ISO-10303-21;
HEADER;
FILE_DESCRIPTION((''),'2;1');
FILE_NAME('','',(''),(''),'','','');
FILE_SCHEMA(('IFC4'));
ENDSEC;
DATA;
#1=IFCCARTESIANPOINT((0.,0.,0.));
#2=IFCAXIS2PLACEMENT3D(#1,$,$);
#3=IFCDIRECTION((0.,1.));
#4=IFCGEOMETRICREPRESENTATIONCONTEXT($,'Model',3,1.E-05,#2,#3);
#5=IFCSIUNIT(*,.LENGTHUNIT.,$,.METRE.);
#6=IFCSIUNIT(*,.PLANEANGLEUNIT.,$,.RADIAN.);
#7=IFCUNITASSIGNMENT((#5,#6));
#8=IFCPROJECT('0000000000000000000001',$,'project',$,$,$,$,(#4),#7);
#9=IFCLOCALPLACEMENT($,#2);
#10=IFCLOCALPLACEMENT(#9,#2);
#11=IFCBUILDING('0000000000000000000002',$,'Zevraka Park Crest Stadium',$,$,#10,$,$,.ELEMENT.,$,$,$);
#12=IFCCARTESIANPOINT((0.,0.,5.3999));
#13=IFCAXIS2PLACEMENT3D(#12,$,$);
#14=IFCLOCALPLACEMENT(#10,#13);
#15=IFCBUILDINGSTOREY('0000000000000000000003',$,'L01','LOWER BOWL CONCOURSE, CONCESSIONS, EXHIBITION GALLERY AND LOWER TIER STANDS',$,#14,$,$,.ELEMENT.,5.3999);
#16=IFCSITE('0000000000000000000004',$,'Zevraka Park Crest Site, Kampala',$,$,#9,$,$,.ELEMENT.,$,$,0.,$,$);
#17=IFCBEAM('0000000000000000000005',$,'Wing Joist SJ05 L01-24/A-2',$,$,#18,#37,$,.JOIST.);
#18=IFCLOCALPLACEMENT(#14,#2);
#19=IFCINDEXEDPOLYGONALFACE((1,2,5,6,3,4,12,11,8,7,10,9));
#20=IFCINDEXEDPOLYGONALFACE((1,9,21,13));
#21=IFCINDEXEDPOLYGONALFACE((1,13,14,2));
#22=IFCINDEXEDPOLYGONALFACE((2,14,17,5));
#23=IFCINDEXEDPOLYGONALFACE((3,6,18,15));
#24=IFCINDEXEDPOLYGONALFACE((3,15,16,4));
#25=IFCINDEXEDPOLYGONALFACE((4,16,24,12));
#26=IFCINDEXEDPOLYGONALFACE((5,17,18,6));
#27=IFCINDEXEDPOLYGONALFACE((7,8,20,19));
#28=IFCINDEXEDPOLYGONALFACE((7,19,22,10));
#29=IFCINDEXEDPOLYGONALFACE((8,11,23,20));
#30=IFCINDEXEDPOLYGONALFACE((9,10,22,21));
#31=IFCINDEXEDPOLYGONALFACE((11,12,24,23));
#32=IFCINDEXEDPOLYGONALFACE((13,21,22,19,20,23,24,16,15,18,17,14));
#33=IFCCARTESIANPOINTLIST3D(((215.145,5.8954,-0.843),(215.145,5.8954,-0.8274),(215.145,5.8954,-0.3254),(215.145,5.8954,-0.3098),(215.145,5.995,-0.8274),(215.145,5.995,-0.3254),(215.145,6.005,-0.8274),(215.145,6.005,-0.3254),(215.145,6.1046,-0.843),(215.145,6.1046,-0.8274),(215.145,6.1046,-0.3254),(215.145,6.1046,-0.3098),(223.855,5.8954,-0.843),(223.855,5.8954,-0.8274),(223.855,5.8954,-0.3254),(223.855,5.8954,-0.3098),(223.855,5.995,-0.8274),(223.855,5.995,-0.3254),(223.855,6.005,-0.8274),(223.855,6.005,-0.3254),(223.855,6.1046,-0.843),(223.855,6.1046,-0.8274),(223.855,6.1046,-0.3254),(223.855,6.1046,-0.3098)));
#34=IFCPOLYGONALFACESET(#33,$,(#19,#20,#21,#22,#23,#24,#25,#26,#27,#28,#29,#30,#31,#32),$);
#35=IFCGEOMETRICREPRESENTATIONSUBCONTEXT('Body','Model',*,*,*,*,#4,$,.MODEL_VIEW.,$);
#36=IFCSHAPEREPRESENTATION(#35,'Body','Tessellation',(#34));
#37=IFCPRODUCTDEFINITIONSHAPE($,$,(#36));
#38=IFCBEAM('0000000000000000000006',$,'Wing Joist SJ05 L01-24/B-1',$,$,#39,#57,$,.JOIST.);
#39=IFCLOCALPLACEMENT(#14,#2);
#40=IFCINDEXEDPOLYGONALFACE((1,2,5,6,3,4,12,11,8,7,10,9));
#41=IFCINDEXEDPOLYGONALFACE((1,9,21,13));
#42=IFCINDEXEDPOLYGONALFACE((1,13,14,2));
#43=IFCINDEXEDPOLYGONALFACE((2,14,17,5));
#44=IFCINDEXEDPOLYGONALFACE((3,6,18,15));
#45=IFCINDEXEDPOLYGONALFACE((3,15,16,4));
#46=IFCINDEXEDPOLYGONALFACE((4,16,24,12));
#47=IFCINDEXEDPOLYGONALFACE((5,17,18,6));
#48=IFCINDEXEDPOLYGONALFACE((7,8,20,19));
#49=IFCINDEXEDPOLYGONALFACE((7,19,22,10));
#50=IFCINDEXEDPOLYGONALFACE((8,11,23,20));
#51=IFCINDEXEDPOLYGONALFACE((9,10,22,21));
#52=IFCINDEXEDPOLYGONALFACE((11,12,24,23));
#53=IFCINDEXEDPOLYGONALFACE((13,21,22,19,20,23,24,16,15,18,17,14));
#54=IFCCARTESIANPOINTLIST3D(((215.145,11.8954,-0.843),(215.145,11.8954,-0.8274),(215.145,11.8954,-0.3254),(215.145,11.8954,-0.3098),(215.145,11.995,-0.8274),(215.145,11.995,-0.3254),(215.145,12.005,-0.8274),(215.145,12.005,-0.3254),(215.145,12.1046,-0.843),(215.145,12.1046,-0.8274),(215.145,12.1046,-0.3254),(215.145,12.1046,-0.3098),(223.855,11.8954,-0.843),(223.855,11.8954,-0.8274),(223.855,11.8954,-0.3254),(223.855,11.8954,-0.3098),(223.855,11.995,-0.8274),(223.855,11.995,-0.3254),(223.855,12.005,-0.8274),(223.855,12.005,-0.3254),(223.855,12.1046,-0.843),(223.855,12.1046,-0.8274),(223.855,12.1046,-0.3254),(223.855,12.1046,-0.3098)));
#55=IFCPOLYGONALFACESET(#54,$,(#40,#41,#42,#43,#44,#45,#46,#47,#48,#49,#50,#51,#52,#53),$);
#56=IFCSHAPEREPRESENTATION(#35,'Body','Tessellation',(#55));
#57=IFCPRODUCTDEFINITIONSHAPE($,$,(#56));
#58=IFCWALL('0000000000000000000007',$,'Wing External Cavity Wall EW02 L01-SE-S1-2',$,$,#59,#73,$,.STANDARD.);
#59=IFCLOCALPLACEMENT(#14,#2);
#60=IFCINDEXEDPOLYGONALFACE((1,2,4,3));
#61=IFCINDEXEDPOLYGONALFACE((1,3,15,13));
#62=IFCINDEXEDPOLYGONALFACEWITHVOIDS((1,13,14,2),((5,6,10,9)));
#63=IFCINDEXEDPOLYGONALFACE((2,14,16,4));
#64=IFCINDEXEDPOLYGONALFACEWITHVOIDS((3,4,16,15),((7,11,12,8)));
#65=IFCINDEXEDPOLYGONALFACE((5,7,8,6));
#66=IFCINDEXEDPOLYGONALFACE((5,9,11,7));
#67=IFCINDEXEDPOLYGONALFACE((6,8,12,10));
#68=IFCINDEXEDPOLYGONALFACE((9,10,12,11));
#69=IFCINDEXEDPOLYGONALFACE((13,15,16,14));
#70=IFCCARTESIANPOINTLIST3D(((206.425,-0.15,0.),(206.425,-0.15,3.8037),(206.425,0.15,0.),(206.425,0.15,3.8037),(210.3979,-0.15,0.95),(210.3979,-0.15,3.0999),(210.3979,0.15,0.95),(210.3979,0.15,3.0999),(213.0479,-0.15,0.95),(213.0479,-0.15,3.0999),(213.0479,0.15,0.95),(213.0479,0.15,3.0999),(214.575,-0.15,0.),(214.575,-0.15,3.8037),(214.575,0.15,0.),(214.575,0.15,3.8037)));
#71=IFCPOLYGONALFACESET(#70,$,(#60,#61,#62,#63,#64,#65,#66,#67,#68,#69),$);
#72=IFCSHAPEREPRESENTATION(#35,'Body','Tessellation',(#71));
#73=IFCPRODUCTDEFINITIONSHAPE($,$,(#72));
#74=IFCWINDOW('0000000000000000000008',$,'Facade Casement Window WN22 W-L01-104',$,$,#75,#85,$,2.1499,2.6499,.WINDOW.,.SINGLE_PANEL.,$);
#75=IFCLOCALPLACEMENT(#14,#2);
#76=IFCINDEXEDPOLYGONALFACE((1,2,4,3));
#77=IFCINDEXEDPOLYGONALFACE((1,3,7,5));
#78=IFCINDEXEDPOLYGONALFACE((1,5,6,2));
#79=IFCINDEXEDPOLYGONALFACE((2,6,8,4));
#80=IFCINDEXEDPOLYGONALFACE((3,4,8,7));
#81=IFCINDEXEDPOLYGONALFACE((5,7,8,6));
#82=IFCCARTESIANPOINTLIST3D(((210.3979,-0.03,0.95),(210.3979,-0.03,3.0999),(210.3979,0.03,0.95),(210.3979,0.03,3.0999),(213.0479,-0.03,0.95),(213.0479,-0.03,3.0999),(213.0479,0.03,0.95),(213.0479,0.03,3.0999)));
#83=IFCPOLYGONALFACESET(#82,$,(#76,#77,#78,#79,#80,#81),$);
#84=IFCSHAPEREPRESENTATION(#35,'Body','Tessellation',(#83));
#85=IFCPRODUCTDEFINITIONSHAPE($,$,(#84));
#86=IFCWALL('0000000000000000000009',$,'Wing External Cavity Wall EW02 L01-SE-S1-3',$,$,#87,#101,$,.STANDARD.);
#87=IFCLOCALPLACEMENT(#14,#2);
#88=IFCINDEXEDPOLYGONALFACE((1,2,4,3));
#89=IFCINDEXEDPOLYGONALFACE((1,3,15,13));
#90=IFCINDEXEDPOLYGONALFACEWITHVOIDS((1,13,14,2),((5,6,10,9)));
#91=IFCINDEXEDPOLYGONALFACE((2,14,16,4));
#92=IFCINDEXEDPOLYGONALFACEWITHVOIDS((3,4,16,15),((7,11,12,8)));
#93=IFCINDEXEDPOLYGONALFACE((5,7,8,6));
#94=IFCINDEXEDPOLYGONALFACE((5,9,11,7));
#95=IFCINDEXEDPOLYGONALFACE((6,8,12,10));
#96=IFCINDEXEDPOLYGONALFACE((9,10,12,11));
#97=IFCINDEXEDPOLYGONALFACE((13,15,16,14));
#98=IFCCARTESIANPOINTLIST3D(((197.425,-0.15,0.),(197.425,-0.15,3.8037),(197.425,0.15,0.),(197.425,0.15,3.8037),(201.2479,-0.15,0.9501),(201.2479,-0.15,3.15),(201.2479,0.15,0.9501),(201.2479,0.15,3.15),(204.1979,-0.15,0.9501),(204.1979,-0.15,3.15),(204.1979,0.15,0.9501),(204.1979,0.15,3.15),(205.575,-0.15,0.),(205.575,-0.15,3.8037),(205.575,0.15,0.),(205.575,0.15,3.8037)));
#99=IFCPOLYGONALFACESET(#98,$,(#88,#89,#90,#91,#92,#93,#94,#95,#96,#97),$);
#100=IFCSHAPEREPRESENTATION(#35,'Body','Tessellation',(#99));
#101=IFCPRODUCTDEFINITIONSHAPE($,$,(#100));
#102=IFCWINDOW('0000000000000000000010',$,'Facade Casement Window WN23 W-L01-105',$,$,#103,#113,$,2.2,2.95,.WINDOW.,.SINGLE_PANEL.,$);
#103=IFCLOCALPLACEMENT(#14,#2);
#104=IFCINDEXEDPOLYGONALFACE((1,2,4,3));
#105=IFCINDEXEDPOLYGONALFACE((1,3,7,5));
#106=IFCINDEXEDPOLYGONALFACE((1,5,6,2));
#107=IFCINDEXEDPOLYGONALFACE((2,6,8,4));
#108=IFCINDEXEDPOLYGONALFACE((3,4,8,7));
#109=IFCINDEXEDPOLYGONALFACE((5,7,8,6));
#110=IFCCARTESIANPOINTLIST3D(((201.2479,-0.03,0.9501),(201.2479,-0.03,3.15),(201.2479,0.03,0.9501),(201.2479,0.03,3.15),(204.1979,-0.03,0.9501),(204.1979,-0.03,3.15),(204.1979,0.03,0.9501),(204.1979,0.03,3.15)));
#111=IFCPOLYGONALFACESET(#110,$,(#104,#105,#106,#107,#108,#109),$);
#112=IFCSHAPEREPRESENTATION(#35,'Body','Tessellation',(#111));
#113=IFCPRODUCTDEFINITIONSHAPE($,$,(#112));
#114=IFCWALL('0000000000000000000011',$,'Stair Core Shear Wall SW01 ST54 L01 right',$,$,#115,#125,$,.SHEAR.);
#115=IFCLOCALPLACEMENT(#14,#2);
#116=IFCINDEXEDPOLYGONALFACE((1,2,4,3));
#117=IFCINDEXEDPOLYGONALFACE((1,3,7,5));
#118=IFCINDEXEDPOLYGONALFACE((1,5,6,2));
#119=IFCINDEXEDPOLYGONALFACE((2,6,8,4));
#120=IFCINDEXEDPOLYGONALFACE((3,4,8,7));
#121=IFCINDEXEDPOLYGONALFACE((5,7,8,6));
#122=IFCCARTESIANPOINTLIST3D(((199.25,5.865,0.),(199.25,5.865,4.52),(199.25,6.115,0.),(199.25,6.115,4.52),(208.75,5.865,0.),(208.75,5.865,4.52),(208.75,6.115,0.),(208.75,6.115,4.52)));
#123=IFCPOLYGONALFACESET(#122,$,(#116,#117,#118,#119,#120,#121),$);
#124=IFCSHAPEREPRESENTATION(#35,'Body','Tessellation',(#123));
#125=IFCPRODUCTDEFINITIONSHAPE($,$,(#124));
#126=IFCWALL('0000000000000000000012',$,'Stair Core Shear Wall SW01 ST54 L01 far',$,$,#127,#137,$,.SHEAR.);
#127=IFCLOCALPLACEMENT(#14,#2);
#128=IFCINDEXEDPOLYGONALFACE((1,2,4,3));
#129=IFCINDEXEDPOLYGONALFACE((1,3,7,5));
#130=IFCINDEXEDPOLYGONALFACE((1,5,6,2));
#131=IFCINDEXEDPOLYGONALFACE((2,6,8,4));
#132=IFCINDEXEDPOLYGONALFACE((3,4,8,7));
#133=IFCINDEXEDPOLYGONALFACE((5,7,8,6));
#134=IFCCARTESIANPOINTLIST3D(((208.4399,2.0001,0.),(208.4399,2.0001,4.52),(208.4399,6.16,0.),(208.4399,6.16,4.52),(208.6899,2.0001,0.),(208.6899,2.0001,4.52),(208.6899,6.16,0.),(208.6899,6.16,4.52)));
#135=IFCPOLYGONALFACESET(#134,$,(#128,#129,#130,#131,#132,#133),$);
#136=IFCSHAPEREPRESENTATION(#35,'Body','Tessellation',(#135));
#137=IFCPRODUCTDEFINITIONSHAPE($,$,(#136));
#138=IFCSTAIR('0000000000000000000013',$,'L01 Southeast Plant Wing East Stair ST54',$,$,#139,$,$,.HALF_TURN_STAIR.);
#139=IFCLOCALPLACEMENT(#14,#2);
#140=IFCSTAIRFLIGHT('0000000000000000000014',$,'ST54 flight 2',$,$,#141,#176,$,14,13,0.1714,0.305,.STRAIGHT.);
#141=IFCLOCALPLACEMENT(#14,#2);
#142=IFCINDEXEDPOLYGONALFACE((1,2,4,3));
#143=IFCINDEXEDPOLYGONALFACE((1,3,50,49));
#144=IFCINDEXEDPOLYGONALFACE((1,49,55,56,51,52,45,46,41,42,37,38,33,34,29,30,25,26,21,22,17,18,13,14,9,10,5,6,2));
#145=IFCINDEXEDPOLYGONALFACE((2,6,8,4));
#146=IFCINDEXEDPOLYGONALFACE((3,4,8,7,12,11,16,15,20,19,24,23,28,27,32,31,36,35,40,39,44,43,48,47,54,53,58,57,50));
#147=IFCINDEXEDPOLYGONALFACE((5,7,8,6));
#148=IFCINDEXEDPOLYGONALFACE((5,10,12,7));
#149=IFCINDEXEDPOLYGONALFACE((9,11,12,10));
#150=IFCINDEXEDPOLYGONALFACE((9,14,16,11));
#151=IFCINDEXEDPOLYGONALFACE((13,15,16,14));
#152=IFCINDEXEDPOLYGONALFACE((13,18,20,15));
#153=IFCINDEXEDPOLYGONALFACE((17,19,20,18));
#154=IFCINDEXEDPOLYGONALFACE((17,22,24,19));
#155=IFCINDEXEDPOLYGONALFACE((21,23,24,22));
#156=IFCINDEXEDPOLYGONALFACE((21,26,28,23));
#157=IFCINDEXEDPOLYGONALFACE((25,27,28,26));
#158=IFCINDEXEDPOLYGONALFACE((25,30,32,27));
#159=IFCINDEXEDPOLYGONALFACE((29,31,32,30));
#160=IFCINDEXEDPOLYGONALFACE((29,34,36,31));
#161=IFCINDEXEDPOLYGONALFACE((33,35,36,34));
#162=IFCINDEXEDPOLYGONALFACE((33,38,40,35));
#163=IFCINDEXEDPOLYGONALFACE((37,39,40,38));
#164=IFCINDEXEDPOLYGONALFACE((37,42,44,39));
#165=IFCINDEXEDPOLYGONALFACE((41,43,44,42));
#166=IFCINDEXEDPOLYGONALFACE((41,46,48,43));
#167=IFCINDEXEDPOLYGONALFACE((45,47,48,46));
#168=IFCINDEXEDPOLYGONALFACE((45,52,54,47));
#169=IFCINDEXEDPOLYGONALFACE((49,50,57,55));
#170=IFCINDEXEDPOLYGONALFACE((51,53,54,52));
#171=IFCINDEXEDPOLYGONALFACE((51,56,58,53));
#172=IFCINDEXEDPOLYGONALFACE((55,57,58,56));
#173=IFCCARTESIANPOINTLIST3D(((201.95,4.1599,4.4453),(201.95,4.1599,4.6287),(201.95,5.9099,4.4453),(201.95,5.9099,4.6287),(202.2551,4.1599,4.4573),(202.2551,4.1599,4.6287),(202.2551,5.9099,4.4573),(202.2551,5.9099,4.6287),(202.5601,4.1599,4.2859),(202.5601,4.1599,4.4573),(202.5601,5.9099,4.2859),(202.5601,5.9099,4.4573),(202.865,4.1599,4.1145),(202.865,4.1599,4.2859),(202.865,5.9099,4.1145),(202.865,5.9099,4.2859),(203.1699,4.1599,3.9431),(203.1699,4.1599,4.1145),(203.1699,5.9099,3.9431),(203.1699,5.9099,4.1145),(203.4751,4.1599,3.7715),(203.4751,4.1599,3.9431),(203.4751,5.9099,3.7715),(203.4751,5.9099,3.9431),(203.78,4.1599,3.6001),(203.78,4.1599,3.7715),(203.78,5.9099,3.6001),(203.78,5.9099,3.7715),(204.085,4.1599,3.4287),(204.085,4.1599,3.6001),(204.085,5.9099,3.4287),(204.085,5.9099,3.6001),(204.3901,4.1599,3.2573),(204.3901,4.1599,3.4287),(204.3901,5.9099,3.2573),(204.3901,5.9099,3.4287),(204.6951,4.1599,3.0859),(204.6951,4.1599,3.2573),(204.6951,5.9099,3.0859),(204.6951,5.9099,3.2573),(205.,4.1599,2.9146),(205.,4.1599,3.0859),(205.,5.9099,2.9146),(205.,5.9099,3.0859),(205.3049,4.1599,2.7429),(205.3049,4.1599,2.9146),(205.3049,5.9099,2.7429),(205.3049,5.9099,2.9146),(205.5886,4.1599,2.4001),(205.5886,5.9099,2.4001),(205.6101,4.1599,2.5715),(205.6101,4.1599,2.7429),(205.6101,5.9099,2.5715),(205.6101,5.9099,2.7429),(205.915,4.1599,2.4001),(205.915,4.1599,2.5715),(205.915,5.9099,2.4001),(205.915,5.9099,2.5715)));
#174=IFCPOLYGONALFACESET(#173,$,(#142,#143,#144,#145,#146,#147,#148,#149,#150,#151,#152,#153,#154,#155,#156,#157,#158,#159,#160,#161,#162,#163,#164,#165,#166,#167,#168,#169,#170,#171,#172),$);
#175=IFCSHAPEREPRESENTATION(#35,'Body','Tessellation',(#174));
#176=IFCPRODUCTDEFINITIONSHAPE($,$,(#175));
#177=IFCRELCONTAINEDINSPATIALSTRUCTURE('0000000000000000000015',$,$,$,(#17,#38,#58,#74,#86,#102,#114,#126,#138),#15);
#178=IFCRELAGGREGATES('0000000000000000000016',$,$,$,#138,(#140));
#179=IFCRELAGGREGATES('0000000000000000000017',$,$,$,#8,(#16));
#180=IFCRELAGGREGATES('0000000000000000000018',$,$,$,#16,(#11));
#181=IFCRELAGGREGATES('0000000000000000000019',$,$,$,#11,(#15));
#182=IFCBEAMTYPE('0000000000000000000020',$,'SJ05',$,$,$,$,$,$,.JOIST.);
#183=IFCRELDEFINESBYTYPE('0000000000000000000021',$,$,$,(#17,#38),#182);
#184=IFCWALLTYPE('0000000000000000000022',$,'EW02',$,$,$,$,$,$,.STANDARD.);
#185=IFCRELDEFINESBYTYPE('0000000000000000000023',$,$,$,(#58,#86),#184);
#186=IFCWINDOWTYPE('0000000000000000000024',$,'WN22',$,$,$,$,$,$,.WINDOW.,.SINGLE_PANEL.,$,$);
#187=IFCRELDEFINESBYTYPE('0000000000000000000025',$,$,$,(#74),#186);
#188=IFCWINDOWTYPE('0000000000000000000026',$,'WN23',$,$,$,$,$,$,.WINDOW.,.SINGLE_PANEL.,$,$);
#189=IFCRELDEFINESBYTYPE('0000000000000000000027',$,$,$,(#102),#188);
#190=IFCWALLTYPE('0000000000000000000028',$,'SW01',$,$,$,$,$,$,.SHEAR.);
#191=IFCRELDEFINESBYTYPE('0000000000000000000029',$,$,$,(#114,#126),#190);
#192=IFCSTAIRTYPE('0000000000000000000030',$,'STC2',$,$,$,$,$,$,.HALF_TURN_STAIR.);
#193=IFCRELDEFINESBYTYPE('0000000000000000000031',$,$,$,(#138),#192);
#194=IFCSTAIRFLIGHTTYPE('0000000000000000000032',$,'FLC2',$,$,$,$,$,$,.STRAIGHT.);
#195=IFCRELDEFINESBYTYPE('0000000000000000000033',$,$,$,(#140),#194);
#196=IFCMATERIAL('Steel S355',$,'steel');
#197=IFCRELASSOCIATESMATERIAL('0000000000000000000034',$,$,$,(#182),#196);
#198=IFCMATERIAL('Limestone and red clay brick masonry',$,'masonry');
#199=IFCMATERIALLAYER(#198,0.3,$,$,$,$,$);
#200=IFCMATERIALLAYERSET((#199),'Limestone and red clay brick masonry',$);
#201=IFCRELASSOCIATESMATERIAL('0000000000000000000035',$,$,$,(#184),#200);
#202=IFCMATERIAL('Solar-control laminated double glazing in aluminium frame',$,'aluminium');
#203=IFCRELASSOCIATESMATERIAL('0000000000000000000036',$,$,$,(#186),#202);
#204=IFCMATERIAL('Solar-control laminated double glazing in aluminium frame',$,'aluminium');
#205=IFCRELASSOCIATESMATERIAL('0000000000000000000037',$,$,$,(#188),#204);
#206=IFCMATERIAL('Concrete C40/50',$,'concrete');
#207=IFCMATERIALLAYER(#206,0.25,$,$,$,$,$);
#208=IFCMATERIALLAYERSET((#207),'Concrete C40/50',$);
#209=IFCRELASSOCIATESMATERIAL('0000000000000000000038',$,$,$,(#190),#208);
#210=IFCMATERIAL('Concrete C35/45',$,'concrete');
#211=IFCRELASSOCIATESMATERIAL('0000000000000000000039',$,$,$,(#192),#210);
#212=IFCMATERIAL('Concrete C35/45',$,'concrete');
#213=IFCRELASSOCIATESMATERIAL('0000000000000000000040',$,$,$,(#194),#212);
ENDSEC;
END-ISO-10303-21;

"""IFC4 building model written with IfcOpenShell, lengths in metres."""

from ifc_helpers import new_model, si_unit, direction, frame, frame_2d, origin, origin_2d, place, context, subcontext, project, spatial, polyline, rectangle, i_section, outline, extrude, material, layer, layer_set, material_profile, profile_set, type_object, element, fill, aggregate, save


model = new_model("IFC4")

# Units and contexts
model_context = context("Model", 3, precision=1e-05, world=origin(), true_north=direction((0.0, 1.0)))
body_context = subcontext(model_context, "Body", "Model", "MODEL_VIEW")
ifc_project = project(units=[si_unit("LENGTHUNIT", "METRE"), si_unit("PLANEANGLEUNIT", "RADIAN")], contexts=[model_context])

# Site, building, storey
site_placement = place(None, origin())
site = spatial("IfcSite", under=ifc_project, at=site_placement, Name="Zevraka Park Crest Site, Kampala", CompositionType="ELEMENT", RefElevation=0.0)
building_placement = place(site_placement, origin())
building = spatial("IfcBuilding", under=site, at=building_placement, Name="Zevraka Park Crest Stadium", CompositionType="ELEMENT")
storey_placement = place(building_placement, frame((0.0, 0.0, 5.3999)))
storey = spatial("IfcBuildingStorey", under=building, at=storey_placement, Name="L01", Description="LOWER BOWL CONCOURSE, CONCESSIONS, EXHIBITION GALLERY AND LOWER TIER STANDS", CompositionType="ELEMENT", Elevation=5.3999)

# Beams
ifc_material_1 = material(Name="Steel S355", Category="steel")
ifc_material_profile_1 = material_profile(ifc_material_1, i_section(OverallWidth=0.2092, OverallDepth=0.5332, WebThickness=0.01, FlangeThickness=0.0156, at=origin_2d()), Name="UKB 533x210x92")
ifc_profile_set_1 = profile_set([ifc_material_profile_1], Name="Steel S355")
beam_type_1 = type_object("IfcBeamType", Name="SJ05", PredefinedType="JOIST", material=ifc_profile_set_1)
for number, where, z_axis, x_axis, name in (
    (1, (215.145, 6.0, -0.5764), (1.0, 0.0, 0.0), (0.0, 1.0, 0.0), "Wing Joist SJ05 L01-24/A-2"),
    (2, (215.145, 12.0, -0.5764), (1.0, 0.0, 0.0), (0.0, 1.0, 0.0), "Wing Joist SJ05 L01-24/B-1"),
):
    element("IfcBeam", number, at=place(storey_placement, frame(where, z_axis=z_axis, x_axis=x_axis)), inside=storey, type_object=beam_type_1, Name=name, PredefinedType="JOIST", context=body_context, shape_type="SweptSolid", body=[
        extrude(i_section(OverallWidth=0.2092, OverallDepth=0.5332, WebThickness=0.01, FlangeThickness=0.0156, at=origin_2d()), origin(), (0.0, 0.0, 1.0), 8.71),
    ])

# Walls, openings, windows
ifc_material_2 = material(Name="Limestone and red clay brick masonry", Category="masonry")
ifc_layer_1 = layer(ifc_material_2, 0.3)
ifc_layer_set_1 = layer_set([ifc_layer_1], Name="Limestone and red clay brick masonry")
wall_type_1 = type_object("IfcWallType", Name="EW02", PredefinedType="STANDARD", material=ifc_layer_set_1)
wall_1_placement = place(storey_placement, frame((214.575, 0.0, 0.0), z_axis=(0.0, 0.0, 1.0), x_axis=(-1.0, 0.0, 0.0)))
wall_1 = element("IfcWall", 3, at=wall_1_placement, inside=storey, type_object=wall_type_1, Name="Wing External Cavity Wall EW02 L01-SE-S1-2", PredefinedType="STANDARD", context=body_context, shape_type="SweptSolid", body=[
    extrude(rectangle(XDim=8.1499, YDim=0.3, at=frame_2d((4.075, 0.0))), origin(), (0.0, 0.0, 1.0), 3.8037),
])
opening_1_placement = place(wall_1_placement, frame((1.5271, 0.0, 0.95)))
opening_1 = element("IfcOpeningElement", 4, at=opening_1_placement, cuts=wall_1, PredefinedType="OPENING", context=body_context, shape_type="SweptSolid", body=[
    extrude(rectangle(XDim=2.6499, YDim=2.1499, at=frame_2d((1.325, 1.075))), frame((0.0, 0.1599, 0.0), z_axis=(0.0, -1.0, 0.0), x_axis=(1.0, 0.0, 0.0)), (0.0, 0.0, 1.0), 0.3201),
])
ifc_material_3 = material(Name="Solar-control laminated double glazing in aluminium frame", Category="aluminium")
window_type_1 = type_object("IfcWindowType", Name="WN22", PartitioningType="SINGLE_PANEL", PredefinedType="WINDOW", material=ifc_material_3)
window_1_placement = place(opening_1_placement, origin())
window_1 = element("IfcWindow", 5, at=window_1_placement, inside=storey, type_object=window_type_1, Name="Facade Casement Window WN22 W-L01-104", OverallHeight=2.1499, OverallWidth=2.6499, PartitioningType="SINGLE_PANEL", PredefinedType="WINDOW", context=body_context, shape_type="SweptSolid", body=[
    extrude(rectangle(XDim=2.6499, YDim=2.1499, at=frame_2d((1.325, 1.075))), frame((0.0, 0.03, 0.0), z_axis=(0.0, -1.0, 0.0), x_axis=(1.0, 0.0, 0.0)), (0.0, 0.0, 1.0), 0.0601),
])
fill(opening_1, window_1)
wall_2_placement = place(storey_placement, frame((205.575, 0.0, 0.0), z_axis=(0.0, 0.0, 1.0), x_axis=(-1.0, 0.0, 0.0)))
wall_2 = element("IfcWall", 6, at=wall_2_placement, inside=storey, type_object=wall_type_1, Name="Wing External Cavity Wall EW02 L01-SE-S1-3", PredefinedType="STANDARD", context=body_context, shape_type="SweptSolid", body=[
    extrude(rectangle(XDim=8.1499, YDim=0.3, at=frame_2d((4.075, 0.0))), origin(), (0.0, 0.0, 1.0), 3.8037),
])
opening_2_placement = place(wall_2_placement, frame((1.377, 0.0, 0.95)))
opening_2 = element("IfcOpeningElement", 7, at=opening_2_placement, cuts=wall_2, PredefinedType="OPENING", context=body_context, shape_type="SweptSolid", body=[
    extrude(rectangle(XDim=2.95, YDim=2.2, at=frame_2d((1.4751, 1.1001))), frame((0.0, 0.1599, 0.0), z_axis=(0.0, -1.0, 0.0), x_axis=(1.0, 0.0, 0.0)), (0.0, 0.0, 1.0), 0.3201),
])
ifc_material_4 = material(Name="Solar-control laminated double glazing in aluminium frame", Category="aluminium")
window_type_2 = type_object("IfcWindowType", Name="WN23", PartitioningType="SINGLE_PANEL", PredefinedType="WINDOW", material=ifc_material_4)
window_2_placement = place(opening_2_placement, origin())
window_2 = element("IfcWindow", 8, at=window_2_placement, inside=storey, type_object=window_type_2, Name="Facade Casement Window WN23 W-L01-105", OverallHeight=2.2, OverallWidth=2.95, PartitioningType="SINGLE_PANEL", PredefinedType="WINDOW", context=body_context, shape_type="SweptSolid", body=[
    extrude(rectangle(XDim=2.95, YDim=2.2, at=frame_2d((1.4751, 1.1001))), frame((0.0, 0.03, 0.0), z_axis=(0.0, -1.0, 0.0), x_axis=(1.0, 0.0, 0.0)), (0.0, 0.0, 1.0), 0.0601),
])
fill(opening_2, window_2)

# Walls
ifc_material_5 = material(Name="Concrete C40/50", Category="concrete")
ifc_layer_2 = layer(ifc_material_5, 0.25)
ifc_layer_set_2 = layer_set([ifc_layer_2], Name="Concrete C40/50")
wall_type_2 = type_object("IfcWallType", Name="SW01", PredefinedType="SHEAR", material=ifc_layer_set_2)
wall_3_placement = place(storey_placement, frame((208.75, 5.99, 0.0), z_axis=(0.0, 0.0, 1.0), x_axis=(-1.0, 0.0, 0.0)))
element("IfcWall", 9, at=wall_3_placement, inside=storey, type_object=wall_type_2, Name="Stair Core Shear Wall SW01 ST54 L01 right", PredefinedType="SHEAR", context=body_context, shape_type="SweptSolid", body=[
    extrude(rectangle(XDim=9.5, YDim=0.25, at=frame_2d((4.75, 0.0))), origin(), (0.0, 0.0, 1.0), 4.52),
])
wall_4_placement = place(storey_placement, frame((208.5649, 2.0, 0.0), z_axis=(0.0, 0.0, 1.0), x_axis=(0.0, 1.0, 0.0)))
element("IfcWall", 10, at=wall_4_placement, inside=storey, type_object=wall_type_2, Name="Stair Core Shear Wall SW01 ST54 L01 far", PredefinedType="SHEAR", context=body_context, shape_type="SweptSolid", body=[
    extrude(rectangle(XDim=4.1599, YDim=0.25, at=frame_2d((2.0801, 0.0))), origin(), (0.0, 0.0, 1.0), 4.52),
])

# Stair, stair flight
ifc_material_6 = material(Name="Concrete C35/45", Category="concrete")
stair_type = type_object("IfcStairType", Name="STC2", PredefinedType="HALF_TURN_STAIR", material=ifc_material_6)
stair_placement = place(storey_placement, origin())
stair = element("IfcStair", 11, at=stair_placement, inside=storey, type_object=stair_type, Name="L01 Southeast Plant Wing East Stair ST54", PredefinedType="HALF_TURN_STAIR")
ifc_material_7 = material(Name="Concrete C35/45", Category="concrete")
stair_flight_type = type_object("IfcStairFlightType", Name="FLC2", PredefinedType="STRAIGHT", material=ifc_material_7)
stair_flight_placement = place(storey_placement, frame((205.915, 5.0349, 2.4001), z_axis=(0.0, 0.0, 1.0), x_axis=(-1.0, 0.0, 0.0)))
stair_flight = element("IfcStairFlight", 12, at=stair_flight_placement, type_object=stair_flight_type, Name="ST54 flight 2", NumberOfRisers=14, NumberOfTreads=13, PredefinedType="STRAIGHT", RiserHeight=0.1714, TreadLength=0.305, context=body_context, shape_type="SweptSolid", body=[
    extrude(outline(polyline([(0.0, 0.0), (0.0, 0.1714), (0.3049, 0.1714), (0.3049, 0.3428), (0.6101, 0.3428), (0.6101, 0.5144), (0.915, 0.5144), (0.915, 0.6858), (1.22, 0.6858), (1.22, 0.8572), (1.5249, 0.8572), (1.5249, 1.0286), (1.8301, 1.0286), (1.8301, 1.2), (2.135, 1.2), (2.135, 1.3713), (2.4399, 1.3713), (2.4399, 1.543), (2.7451, 1.543), (2.7451, 1.7144), (3.05, 1.7144), (3.05, 1.8857), (3.355, 1.8857), (3.355, 2.0571), (3.6599, 2.0571), (3.6599, 2.2285), (3.9651, 2.2285), (3.9651, 2.3999), (3.9651, 2.0452), (0.3264, 0.0), (0.0, 0.0)])), frame((0.0, 0.875, 0.0), z_axis=(0.0, -1.0, 0.0), x_axis=(1.0, 0.0, 0.0)), (0.0, 0.0, 1.0), 1.75),
])
aggregate(stair, [stair_flight])

save(model, "model.ifc")
